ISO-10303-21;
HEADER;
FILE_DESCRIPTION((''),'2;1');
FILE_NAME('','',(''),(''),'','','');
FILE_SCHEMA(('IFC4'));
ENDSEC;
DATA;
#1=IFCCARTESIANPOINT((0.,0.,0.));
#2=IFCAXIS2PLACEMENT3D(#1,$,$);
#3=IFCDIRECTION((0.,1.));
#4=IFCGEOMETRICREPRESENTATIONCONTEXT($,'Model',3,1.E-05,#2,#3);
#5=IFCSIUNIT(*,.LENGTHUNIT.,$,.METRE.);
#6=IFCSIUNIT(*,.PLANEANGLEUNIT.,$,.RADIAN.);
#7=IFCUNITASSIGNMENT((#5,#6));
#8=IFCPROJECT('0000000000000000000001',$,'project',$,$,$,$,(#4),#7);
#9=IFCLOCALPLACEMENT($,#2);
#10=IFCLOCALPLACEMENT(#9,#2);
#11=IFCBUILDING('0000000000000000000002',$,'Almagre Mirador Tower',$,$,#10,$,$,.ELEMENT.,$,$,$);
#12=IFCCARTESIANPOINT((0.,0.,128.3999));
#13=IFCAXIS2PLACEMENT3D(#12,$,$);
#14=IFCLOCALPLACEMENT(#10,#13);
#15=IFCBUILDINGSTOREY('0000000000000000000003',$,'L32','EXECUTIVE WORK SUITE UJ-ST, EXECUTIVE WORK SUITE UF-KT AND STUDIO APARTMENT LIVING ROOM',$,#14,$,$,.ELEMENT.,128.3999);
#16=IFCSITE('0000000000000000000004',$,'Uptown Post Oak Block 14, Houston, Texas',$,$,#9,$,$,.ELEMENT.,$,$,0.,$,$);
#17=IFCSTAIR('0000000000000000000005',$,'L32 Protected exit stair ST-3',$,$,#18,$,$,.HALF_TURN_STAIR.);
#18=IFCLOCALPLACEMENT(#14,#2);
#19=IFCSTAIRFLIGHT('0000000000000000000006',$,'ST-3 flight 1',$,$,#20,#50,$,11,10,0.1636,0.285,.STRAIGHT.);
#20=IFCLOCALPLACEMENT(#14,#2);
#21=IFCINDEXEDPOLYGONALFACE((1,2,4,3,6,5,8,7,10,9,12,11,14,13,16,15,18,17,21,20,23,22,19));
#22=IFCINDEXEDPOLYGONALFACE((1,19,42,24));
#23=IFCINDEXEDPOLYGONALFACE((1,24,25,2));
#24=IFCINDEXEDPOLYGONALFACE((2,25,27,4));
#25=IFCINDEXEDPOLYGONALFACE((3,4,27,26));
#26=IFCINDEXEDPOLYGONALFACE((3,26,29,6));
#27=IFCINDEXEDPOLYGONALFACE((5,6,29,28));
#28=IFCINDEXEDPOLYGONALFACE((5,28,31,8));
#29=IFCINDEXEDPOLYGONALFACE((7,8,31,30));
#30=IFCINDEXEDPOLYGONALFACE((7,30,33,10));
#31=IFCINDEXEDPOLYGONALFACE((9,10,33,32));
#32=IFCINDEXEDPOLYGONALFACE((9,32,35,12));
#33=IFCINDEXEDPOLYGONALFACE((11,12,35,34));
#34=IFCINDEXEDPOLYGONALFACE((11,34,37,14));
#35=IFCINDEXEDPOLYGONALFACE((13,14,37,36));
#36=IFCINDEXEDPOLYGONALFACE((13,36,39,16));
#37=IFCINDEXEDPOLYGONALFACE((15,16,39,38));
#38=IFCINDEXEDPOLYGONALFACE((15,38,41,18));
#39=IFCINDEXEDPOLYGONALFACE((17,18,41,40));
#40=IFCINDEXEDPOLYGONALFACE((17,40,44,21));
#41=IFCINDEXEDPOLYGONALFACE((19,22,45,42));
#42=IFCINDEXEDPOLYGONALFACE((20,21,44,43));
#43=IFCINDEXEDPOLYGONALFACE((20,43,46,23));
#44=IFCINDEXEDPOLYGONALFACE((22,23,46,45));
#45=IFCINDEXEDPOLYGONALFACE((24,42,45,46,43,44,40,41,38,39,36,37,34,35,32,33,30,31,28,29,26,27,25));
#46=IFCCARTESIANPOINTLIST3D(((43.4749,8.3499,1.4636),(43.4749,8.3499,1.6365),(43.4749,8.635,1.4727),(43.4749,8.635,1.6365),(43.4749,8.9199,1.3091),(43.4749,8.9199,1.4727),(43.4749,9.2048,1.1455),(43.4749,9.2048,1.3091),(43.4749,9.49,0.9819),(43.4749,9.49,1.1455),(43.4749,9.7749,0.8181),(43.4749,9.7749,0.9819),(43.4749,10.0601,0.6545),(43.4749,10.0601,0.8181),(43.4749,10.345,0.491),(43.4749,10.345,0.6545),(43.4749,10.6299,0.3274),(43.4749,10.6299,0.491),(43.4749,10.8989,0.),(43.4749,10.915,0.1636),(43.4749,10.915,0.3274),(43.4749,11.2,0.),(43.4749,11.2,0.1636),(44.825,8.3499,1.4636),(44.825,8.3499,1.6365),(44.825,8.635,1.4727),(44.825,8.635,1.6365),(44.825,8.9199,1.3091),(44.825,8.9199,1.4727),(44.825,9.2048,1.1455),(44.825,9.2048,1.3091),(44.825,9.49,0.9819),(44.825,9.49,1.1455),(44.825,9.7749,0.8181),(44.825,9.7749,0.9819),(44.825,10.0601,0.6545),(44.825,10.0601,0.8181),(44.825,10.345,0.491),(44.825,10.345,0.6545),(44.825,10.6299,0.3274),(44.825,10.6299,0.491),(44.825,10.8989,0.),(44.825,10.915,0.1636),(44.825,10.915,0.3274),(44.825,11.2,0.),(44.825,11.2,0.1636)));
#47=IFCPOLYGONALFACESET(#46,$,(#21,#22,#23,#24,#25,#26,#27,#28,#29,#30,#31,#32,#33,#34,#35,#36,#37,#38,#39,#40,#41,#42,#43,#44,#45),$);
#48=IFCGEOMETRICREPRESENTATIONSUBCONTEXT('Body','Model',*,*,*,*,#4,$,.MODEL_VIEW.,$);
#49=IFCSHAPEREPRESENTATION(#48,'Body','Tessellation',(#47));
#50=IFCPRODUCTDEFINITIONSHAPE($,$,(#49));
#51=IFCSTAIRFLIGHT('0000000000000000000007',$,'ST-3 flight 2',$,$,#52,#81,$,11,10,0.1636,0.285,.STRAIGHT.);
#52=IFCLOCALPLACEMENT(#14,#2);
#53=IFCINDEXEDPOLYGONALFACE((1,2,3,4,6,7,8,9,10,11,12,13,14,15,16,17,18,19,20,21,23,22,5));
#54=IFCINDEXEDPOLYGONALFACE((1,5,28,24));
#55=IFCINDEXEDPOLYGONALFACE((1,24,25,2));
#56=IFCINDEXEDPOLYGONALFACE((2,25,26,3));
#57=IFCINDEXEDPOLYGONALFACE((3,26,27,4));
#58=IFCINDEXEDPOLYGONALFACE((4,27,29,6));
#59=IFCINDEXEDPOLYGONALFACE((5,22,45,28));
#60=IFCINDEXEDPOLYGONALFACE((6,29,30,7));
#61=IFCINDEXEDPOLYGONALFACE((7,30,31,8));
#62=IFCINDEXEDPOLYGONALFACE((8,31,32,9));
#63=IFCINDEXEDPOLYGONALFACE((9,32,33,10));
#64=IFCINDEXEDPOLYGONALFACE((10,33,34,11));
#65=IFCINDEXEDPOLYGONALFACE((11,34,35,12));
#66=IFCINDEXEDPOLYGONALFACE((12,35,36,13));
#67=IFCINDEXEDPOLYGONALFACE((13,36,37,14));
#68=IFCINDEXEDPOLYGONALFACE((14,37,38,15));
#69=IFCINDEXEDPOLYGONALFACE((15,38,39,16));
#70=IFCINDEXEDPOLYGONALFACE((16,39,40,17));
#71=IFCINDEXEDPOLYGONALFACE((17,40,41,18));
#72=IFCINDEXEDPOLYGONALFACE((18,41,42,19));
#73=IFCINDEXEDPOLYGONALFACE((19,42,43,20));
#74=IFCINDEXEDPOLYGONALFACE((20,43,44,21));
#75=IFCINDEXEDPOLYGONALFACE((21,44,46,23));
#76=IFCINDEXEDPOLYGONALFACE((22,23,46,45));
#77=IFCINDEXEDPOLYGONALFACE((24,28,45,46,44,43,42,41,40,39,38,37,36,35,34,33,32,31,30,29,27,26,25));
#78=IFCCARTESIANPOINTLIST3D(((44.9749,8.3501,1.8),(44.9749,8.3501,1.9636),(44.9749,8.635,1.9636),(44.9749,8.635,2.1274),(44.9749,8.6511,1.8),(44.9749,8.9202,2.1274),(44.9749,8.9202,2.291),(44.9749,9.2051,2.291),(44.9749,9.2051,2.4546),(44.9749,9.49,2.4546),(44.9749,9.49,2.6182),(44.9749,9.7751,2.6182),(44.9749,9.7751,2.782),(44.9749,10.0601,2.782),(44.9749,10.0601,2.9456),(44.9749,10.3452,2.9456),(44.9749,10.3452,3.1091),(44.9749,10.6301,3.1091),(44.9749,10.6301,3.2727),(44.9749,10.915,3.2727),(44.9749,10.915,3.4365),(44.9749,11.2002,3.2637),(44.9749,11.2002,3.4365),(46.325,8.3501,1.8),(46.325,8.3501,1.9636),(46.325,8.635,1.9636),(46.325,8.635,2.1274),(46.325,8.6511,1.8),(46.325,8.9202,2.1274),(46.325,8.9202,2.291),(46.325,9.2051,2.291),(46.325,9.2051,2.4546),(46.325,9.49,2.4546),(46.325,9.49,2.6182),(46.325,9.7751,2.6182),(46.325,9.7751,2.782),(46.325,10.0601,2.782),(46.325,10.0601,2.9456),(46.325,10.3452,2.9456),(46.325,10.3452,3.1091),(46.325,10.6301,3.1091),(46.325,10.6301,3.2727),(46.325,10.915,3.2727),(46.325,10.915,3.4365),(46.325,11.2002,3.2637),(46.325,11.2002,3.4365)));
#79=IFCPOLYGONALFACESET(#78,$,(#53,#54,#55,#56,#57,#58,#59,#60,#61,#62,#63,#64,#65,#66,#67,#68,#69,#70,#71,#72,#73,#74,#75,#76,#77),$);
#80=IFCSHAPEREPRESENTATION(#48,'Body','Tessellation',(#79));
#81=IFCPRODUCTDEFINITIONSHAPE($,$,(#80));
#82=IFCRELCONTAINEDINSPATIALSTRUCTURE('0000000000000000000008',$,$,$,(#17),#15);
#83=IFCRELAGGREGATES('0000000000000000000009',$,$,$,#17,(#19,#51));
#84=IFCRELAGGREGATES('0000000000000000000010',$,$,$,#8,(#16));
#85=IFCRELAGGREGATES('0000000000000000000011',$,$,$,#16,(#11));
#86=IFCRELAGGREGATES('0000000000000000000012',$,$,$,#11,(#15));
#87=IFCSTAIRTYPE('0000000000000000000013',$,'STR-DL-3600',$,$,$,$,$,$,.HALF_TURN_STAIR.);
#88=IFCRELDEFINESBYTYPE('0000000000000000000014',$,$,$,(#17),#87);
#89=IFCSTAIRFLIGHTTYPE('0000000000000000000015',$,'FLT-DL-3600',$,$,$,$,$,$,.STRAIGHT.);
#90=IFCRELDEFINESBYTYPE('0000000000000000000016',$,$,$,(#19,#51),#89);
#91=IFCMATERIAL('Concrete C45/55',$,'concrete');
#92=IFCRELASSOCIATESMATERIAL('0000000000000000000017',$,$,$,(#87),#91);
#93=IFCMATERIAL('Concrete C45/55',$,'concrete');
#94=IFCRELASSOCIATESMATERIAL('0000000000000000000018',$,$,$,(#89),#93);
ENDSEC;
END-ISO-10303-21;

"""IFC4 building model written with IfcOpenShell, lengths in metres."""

from ifc_helpers import new_model, si_unit, direction, frame, origin, place, context, subcontext, project, spatial, polyline, outline, extrude, material, type_object, element, aggregate, save


model = new_model("IFC4")

# Units and contexts
model_context = context("Model", 3, precision=1e-05, world=origin(), true_north=direction((0.0, 1.0)))
body_context = subcontext(model_context, "Body", "Model", "MODEL_VIEW")
ifc_project = project(units=[si_unit("LENGTHUNIT", "METRE"), si_unit("PLANEANGLEUNIT", "RADIAN")], contexts=[model_context])

# Site, building, storey
site_placement = place(None, origin())
site = spatial("IfcSite", under=ifc_project, at=site_placement, Name="Uptown Post Oak Block 14, Houston, Texas", CompositionType="ELEMENT", RefElevation=0.0)
building_placement = place(site_placement, origin())
building = spatial("IfcBuilding", under=site, at=building_placement, Name="Almagre Mirador Tower", CompositionType="ELEMENT")
storey_placement = place(building_placement, frame((0.0, 0.0, 128.3999)))
storey = spatial("IfcBuildingStorey", under=building, at=storey_placement, Name="L32", Description="EXECUTIVE WORK SUITE UJ-ST, EXECUTIVE WORK SUITE UF-KT AND STUDIO APARTMENT LIVING ROOM", CompositionType="ELEMENT", Elevation=128.3999)

# Stair, stair flights
ifc_material_1 = material(Name="Concrete C45/55", Category="concrete")
stair_type = type_object("IfcStairType", Name="STR-DL-3600", PredefinedType="HALF_TURN_STAIR", material=ifc_material_1)
stair_placement = place(storey_placement, origin())
stair = element("IfcStair", 1, at=stair_placement, inside=storey, type_object=stair_type, Name="L32 Protected exit stair ST-3", PredefinedType="HALF_TURN_STAIR")
ifc_material_2 = material(Name="Concrete C45/55", Category="concrete")
stair_flight_type = type_object("IfcStairFlightType", Name="FLT-DL-3600", PredefinedType="STRAIGHT", material=ifc_material_2)
stair_flight_1_placement = place(storey_placement, frame((44.1499, 11.2, 0.0), z_axis=(0.0, 0.0, 1.0), x_axis=(0.0, -1.0, 0.0)))
stair_flight_1 = element("IfcStairFlight", 2, at=stair_flight_1_placement, type_object=stair_flight_type, Name="ST-3 flight 1", NumberOfRisers=11, NumberOfTreads=10, PredefinedType="STRAIGHT", RiserHeight=0.1636, TreadLength=0.285, context=body_context, shape_type="SweptSolid", body=[
    extrude(outline(polyline([(0.0, 0.0), (0.0, 0.1636), (0.2849, 0.1636), (0.2849, 0.3274), (0.5701, 0.3274), (0.5701, 0.491), (0.855, 0.491), (0.855, 0.6545), (1.1399, 0.6545), (1.1399, 0.8181), (1.425, 0.8181), (1.425, 0.9819), (1.71, 0.9819), (1.71, 1.1455), (1.9951, 1.1455), (1.9951, 1.3091), (2.28, 1.3091), (2.28, 1.4727), (2.5649, 1.4727), (2.5649, 1.6365), (2.8501, 1.6365), (2.8501, 1.8), (2.8501, 1.4636), (0.301, 0.0), (0.0, 0.0)])), frame((0.0, 0.675, 0.0), z_axis=(0.0, -1.0, 0.0), x_axis=(1.0, 0.0, 0.0)), (0.0, 0.0, 1.0), 1.3501),
])
stair_flight_2_placement = place(storey_placement, frame((45.6499, 8.3501, 1.8), z_axis=(0.0, 0.0, 1.0), x_axis=(0.0, 1.0, 0.0)))
stair_flight_2 = element("IfcStairFlight", 3, at=stair_flight_2_placement, type_object=stair_flight_type, Name="ST-3 flight 2", NumberOfRisers=11, NumberOfTreads=10, PredefinedType="STRAIGHT", RiserHeight=0.1636, TreadLength=0.285, context=body_context, shape_type="SweptSolid", body=[
    extrude(outline(polyline([(0.0, 0.0), (0.0, 0.1636), (0.2849, 0.1636), (0.2849, 0.3274), (0.5701, 0.3274), (0.5701, 0.491), (0.855, 0.491), (0.855, 0.6545), (1.1399, 0.6545), (1.1399, 0.8181), (1.425, 0.8181), (1.425, 0.9819), (1.71, 0.9819), (1.71, 1.1455), (1.9951, 1.1455), (1.9951, 1.3091), (2.28, 1.3091), (2.28, 1.4727), (2.5649, 1.4727), (2.5649, 1.6365), (2.8501, 1.6365), (2.8501, 1.8), (2.8501, 1.4636), (0.301, 0.0), (0.0, 0.0)])), frame((0.0, 0.675, 0.0), z_axis=(0.0, -1.0, 0.0), x_axis=(1.0, 0.0, 0.0)), (0.0, 0.0, 1.0), 1.3501),
])
aggregate(stair, [stair_flight_1, stair_flight_2])

save(model, "model.ifc")
